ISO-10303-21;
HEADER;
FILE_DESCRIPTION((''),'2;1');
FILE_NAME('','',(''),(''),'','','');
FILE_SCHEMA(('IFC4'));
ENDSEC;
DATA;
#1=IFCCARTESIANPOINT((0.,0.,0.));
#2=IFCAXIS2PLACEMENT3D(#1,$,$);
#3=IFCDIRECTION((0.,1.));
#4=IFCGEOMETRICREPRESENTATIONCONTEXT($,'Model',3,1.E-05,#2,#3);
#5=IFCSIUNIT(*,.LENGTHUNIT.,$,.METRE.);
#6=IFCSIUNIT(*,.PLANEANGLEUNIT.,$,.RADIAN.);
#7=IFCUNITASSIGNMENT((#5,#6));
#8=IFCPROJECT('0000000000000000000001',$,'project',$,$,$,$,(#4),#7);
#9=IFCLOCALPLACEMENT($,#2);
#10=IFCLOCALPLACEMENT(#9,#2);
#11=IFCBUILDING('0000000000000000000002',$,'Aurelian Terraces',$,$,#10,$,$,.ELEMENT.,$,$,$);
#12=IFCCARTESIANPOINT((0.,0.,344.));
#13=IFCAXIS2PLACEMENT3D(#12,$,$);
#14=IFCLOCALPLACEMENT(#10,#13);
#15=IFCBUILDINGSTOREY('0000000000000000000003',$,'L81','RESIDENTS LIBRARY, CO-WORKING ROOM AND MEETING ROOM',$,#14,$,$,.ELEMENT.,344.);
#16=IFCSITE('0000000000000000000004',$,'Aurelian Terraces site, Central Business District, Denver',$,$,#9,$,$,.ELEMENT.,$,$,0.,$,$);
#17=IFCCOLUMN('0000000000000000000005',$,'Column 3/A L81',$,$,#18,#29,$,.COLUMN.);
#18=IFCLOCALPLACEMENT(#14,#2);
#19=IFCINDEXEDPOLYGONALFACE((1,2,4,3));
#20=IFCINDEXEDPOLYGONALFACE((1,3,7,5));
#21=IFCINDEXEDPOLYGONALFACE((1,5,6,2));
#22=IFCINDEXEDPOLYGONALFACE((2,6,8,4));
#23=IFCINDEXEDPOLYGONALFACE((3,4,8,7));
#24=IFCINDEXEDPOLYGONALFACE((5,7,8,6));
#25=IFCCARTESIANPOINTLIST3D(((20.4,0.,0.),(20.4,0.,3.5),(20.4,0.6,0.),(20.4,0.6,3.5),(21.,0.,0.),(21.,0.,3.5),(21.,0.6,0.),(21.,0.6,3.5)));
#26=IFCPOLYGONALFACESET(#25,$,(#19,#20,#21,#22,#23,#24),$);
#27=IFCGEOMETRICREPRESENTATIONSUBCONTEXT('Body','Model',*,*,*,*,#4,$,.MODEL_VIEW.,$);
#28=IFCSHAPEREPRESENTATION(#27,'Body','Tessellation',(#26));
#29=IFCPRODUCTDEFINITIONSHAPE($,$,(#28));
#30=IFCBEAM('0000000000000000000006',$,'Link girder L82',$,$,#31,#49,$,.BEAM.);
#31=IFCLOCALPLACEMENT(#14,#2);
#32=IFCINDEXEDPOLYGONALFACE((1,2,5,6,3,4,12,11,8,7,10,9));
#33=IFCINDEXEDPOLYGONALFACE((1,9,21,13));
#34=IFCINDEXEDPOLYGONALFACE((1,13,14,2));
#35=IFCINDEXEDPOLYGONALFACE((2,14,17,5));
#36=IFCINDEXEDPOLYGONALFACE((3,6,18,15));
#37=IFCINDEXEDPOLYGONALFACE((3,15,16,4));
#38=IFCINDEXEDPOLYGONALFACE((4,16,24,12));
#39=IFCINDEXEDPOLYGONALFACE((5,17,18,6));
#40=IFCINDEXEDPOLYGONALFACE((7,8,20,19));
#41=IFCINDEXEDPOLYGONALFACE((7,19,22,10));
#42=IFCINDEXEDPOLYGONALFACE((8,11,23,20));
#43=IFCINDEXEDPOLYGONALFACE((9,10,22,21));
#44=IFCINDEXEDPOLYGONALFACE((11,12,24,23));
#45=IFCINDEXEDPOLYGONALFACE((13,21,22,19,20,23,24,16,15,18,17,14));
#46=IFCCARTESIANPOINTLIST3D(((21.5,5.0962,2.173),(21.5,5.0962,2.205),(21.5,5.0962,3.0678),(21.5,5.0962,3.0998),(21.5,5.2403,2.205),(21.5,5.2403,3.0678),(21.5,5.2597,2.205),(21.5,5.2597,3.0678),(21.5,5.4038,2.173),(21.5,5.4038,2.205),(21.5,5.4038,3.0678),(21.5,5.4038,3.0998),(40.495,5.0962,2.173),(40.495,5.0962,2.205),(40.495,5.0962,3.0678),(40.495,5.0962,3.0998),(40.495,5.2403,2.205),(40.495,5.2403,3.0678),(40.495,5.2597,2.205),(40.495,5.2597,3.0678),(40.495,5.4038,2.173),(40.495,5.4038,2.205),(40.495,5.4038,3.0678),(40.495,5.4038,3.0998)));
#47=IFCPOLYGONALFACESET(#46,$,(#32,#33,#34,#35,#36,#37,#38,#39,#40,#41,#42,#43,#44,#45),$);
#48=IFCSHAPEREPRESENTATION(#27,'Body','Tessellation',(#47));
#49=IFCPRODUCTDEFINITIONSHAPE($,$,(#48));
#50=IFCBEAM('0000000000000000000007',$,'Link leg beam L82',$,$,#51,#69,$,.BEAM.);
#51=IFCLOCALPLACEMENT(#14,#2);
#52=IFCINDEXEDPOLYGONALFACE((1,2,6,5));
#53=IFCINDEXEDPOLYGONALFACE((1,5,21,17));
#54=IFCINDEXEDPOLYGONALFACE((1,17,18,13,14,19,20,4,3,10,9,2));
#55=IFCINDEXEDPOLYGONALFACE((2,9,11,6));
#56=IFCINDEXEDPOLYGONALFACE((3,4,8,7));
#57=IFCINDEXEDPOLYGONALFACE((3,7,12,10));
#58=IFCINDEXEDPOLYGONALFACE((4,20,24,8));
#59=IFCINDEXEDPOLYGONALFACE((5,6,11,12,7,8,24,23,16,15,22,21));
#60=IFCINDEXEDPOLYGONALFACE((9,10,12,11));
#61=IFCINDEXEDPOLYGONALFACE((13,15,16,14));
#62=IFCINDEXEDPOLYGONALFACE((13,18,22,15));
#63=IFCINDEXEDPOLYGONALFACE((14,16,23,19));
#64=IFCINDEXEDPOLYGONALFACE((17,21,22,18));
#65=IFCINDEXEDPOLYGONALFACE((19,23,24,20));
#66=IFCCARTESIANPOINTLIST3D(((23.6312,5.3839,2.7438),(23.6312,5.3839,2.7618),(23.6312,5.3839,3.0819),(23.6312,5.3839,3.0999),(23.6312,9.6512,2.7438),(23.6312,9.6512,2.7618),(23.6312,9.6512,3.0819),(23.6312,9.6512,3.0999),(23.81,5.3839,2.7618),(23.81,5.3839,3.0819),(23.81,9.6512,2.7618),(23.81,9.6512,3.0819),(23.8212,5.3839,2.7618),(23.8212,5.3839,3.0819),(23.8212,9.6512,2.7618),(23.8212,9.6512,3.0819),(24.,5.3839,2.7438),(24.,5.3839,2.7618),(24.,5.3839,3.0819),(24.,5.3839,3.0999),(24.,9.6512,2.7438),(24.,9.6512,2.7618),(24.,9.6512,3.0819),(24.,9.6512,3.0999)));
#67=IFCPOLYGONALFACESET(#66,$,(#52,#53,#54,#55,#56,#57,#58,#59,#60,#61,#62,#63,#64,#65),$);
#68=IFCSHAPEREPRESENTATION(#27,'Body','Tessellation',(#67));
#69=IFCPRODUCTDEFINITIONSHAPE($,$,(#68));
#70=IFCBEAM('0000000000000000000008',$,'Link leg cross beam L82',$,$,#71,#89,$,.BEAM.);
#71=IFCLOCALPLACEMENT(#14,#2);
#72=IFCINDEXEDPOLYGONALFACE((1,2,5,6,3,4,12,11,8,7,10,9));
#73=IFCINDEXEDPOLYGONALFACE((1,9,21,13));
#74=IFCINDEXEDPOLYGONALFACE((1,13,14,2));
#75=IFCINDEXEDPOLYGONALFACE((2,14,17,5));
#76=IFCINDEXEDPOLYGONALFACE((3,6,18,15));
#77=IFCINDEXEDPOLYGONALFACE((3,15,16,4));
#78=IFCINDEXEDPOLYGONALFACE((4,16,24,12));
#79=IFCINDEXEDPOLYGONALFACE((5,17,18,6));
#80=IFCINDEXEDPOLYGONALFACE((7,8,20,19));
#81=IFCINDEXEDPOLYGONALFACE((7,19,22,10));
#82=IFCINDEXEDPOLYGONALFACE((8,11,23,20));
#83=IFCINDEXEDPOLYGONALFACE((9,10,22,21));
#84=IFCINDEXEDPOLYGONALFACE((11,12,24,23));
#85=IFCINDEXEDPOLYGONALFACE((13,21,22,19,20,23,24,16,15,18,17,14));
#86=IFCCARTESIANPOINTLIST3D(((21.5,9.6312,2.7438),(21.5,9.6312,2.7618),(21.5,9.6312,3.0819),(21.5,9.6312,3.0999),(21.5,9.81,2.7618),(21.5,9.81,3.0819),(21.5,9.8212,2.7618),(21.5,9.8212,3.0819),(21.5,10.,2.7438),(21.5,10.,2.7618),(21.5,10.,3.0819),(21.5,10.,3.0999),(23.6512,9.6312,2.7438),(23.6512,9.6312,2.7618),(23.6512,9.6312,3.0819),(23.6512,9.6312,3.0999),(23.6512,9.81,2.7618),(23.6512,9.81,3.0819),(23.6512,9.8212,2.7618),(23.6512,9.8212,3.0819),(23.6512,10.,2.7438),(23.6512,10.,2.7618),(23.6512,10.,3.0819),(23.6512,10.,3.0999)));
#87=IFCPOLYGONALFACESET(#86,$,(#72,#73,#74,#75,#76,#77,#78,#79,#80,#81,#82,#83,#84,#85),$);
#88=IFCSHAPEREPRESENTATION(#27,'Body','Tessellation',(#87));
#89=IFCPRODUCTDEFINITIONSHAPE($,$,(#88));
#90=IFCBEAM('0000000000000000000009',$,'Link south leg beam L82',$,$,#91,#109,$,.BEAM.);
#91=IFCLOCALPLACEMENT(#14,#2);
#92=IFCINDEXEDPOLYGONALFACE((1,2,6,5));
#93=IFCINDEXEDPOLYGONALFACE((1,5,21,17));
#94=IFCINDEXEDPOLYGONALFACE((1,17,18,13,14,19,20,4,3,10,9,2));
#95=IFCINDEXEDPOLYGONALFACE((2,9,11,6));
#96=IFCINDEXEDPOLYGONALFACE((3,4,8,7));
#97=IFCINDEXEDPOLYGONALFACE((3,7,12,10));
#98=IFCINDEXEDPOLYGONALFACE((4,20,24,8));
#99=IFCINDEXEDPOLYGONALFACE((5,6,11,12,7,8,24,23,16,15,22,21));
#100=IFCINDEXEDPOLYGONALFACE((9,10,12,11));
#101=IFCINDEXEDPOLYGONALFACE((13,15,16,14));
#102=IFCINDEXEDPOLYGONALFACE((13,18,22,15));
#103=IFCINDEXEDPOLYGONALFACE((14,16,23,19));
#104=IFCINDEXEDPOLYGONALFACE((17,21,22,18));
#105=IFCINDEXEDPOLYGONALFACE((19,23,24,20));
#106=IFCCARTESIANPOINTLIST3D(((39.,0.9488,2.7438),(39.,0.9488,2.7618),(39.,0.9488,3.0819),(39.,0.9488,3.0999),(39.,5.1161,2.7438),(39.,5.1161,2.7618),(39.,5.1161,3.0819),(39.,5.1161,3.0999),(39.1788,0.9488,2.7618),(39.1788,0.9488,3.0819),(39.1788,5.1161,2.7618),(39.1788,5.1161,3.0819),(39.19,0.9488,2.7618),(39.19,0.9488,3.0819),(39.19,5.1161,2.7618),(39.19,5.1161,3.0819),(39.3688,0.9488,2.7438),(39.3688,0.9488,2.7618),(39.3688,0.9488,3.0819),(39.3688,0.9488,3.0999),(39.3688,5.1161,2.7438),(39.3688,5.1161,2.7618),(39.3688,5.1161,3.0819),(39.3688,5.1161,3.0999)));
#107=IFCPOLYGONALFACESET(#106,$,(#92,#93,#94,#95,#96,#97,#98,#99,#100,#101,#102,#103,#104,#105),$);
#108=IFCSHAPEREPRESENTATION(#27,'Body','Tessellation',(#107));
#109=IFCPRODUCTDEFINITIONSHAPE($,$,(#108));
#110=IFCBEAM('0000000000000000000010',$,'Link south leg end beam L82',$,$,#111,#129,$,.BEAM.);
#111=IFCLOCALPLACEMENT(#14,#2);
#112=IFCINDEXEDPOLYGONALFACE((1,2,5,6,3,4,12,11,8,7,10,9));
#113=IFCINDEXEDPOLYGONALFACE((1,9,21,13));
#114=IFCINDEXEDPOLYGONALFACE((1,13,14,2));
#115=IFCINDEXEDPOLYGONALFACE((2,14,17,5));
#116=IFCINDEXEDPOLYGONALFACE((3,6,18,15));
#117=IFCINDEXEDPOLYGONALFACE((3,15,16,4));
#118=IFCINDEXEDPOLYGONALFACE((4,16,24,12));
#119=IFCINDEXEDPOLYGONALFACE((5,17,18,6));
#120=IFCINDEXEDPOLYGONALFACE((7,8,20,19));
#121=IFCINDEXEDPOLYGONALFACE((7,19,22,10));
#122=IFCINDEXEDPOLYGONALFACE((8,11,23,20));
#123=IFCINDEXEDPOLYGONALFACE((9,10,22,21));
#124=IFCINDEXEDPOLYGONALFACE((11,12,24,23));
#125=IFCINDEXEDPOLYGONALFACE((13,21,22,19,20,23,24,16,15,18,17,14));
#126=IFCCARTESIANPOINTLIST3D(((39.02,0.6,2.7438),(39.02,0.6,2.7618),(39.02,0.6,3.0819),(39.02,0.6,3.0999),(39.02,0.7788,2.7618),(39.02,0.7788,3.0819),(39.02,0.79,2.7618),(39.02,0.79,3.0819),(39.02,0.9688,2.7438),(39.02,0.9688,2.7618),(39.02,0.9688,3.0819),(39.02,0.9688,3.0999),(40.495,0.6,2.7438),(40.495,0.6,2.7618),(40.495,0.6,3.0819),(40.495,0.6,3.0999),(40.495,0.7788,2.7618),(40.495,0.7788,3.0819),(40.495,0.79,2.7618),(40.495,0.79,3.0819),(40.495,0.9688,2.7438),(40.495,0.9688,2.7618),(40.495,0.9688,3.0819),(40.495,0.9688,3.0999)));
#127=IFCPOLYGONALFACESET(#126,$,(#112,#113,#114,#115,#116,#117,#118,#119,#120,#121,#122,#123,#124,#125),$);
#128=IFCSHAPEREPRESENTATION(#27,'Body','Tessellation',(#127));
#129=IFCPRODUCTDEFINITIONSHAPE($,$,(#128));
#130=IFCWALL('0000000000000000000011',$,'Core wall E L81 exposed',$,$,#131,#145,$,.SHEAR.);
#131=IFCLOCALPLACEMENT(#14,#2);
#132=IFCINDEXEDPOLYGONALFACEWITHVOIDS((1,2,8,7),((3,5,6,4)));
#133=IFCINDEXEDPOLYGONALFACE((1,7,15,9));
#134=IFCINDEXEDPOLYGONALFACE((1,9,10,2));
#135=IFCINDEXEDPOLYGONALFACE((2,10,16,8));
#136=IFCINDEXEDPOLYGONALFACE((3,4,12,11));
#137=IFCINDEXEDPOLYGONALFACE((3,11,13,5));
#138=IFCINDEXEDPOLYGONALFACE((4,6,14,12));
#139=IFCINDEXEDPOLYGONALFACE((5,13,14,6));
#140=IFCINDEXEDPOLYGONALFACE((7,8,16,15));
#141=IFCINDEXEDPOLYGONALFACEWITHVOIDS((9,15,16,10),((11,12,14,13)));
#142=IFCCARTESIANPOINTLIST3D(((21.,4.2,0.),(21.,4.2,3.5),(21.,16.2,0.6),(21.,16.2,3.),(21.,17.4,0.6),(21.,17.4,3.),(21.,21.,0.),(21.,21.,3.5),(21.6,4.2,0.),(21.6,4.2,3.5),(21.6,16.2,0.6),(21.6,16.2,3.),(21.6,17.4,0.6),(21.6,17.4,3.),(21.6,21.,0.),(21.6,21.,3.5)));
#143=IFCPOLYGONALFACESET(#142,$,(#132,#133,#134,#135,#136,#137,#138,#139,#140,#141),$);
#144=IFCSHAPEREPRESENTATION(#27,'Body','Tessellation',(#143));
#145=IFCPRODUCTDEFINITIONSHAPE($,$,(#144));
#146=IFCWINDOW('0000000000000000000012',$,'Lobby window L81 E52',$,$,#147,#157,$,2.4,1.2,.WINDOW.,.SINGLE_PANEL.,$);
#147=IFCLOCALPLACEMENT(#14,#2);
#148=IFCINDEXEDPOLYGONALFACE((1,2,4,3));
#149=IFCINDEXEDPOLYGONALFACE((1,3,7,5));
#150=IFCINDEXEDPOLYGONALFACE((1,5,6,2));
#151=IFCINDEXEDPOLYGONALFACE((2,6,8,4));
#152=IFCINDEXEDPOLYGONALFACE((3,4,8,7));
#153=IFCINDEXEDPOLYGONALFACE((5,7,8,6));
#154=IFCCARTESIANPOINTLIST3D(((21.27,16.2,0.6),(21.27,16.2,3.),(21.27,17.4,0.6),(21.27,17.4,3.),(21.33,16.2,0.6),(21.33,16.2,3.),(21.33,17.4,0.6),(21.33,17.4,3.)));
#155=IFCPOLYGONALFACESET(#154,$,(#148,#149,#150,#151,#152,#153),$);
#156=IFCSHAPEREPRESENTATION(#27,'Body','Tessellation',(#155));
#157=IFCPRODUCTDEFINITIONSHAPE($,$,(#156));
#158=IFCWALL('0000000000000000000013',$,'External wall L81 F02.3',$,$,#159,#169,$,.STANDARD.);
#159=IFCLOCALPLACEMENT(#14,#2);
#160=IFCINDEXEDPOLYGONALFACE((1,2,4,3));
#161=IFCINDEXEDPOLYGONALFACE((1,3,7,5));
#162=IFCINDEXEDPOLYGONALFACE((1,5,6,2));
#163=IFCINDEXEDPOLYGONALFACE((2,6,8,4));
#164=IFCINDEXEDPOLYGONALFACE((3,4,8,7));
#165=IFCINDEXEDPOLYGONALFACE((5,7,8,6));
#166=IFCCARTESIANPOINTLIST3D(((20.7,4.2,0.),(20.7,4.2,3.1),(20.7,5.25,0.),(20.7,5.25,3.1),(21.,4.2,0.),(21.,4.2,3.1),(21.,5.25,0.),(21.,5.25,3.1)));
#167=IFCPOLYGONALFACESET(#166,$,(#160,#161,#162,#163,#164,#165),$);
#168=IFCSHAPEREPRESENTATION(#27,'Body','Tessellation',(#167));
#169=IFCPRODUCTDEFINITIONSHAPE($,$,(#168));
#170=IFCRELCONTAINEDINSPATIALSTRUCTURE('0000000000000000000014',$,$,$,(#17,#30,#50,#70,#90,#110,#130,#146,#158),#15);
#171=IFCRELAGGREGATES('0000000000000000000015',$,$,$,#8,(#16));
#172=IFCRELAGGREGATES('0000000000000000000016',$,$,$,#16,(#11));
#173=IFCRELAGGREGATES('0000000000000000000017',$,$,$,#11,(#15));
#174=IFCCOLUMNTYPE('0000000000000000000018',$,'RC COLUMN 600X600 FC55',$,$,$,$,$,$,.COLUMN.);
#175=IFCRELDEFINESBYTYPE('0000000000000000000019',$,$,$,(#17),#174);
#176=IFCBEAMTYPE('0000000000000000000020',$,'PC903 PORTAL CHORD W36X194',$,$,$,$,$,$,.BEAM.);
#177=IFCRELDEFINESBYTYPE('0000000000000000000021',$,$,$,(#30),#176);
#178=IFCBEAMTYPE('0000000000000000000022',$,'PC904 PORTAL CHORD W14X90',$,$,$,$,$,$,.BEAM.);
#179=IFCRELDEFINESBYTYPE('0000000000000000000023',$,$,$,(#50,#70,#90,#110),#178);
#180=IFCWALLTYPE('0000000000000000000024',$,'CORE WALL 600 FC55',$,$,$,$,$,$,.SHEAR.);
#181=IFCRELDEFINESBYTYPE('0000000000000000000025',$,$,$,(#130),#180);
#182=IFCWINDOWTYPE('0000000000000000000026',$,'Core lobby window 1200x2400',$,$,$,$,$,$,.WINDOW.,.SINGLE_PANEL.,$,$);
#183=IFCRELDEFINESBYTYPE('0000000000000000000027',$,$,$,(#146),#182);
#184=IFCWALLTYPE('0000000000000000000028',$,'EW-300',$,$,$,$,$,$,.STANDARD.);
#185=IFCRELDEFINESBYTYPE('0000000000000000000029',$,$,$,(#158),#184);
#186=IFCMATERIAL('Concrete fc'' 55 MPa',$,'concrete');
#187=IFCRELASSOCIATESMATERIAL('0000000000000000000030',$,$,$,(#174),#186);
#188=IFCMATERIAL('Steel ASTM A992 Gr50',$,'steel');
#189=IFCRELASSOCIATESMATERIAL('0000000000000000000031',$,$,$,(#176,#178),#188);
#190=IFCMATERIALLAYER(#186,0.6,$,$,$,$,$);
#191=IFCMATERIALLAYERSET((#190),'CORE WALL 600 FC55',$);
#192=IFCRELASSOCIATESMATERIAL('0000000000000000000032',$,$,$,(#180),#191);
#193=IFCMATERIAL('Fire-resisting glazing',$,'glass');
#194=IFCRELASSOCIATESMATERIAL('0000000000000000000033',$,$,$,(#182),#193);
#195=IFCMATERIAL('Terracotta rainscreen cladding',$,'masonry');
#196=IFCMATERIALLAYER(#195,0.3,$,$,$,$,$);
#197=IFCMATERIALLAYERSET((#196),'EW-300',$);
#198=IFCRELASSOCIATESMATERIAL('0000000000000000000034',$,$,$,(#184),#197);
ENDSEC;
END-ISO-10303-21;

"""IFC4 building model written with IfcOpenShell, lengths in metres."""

from ifc_helpers import new_model, si_unit, direction, frame, frame_2d, origin, origin_2d, place, context, subcontext, project, spatial, rectangle, i_section, extrude, source, transform, mapped, material, layer, layer_set, material_profile, profile_set, type_object, element, fill, save


model = new_model("IFC4")

# Units and contexts
model_context = context("Model", 3, precision=1e-05, world=origin(), true_north=direction((0.0, 1.0)))
body_context = subcontext(model_context, "Body", "Model", "MODEL_VIEW")
ifc_project = project(units=[si_unit("LENGTHUNIT", "METRE"), si_unit("PLANEANGLEUNIT", "RADIAN")], contexts=[model_context])

# Site, building, storey
site_placement = place(None, origin())
site = spatial("IfcSite", under=ifc_project, at=site_placement, Name="Aurelian Terraces site, Central Business District, Denver", CompositionType="ELEMENT", RefElevation=0.0)
building_placement = place(site_placement, origin())
building = spatial("IfcBuilding", under=site, at=building_placement, Name="Aurelian Terraces", CompositionType="ELEMENT")
storey_placement = place(building_placement, frame((0.0, 0.0, 344.0)))
storey = spatial("IfcBuildingStorey", under=building, at=storey_placement, Name="L81", Description="RESIDENTS LIBRARY, CO-WORKING ROOM AND MEETING ROOM", CompositionType="ELEMENT", Elevation=344.0)

# Column
ifc_material_1 = material(Name="Concrete fc' 55 MPa", Category="concrete")
ifc_material_profile_1 = material_profile(ifc_material_1, rectangle(XDim=0.6, YDim=0.6, at=origin_2d()))
ifc_profile_set_1 = profile_set([ifc_material_profile_1], Name="Concrete fc' 55 MPa")
column_type = type_object("IfcColumnType", Name="RC COLUMN 600X600 FC55", PredefinedType="COLUMN", material=ifc_profile_set_1)
shared_shape_1 = source(origin(), body_context, "Body", "SweptSolid", [
    extrude(rectangle(XDim=0.6, YDim=0.6, at=origin_2d()), origin(), (0.0, 0.0, 1.0), 3.5),
])
column_placement = place(storey_placement, frame((20.7, 0.3, 0.0), z_axis=(0.0, 0.0, 1.0), x_axis=(1.0, 0.0, 0.0)))
element("IfcColumn", 1, at=column_placement, inside=storey, type_object=column_type, Name="Column 3/A L81", PredefinedType="COLUMN", context=body_context, shape_type="MappedRepresentation", body=[
    mapped(shared_shape_1, transform((0.0, 0.0, 0.0), scale=1.0)),
])

# Beams
ifc_material_2 = material(Name="Steel ASTM A992 Gr50", Category="steel")
ifc_material_profile_2 = material_profile(ifc_material_2, i_section(OverallWidth=0.3077, OverallDepth=0.9268, WebThickness=0.0194, FlangeThickness=0.032, at=origin_2d()))
ifc_profile_set_2 = profile_set([ifc_material_profile_2], Name="Steel ASTM A992 Gr50")
beam_type_1 = type_object("IfcBeamType", Name="PC903 PORTAL CHORD W36X194", PredefinedType="BEAM", material=ifc_profile_set_2)
beam_1_placement = place(storey_placement, frame((21.5, 5.25, 2.6364), z_axis=(1.0, 0.0, 0.0), x_axis=(0.0, 1.0, 0.0)))
element("IfcBeam", 2, at=beam_1_placement, inside=storey, type_object=beam_type_1, Name="Link girder L82", PredefinedType="BEAM", context=body_context, shape_type="SweptSolid", body=[
    extrude(i_section(OverallWidth=0.3077, OverallDepth=0.9268, WebThickness=0.0194, FlangeThickness=0.032, at=origin_2d()), origin(), (0.0, 0.0, 1.0), 18.995),
])
ifc_material_profile_3 = material_profile(ifc_material_2, i_section(OverallWidth=0.3688, OverallDepth=0.3561, WebThickness=0.0112, FlangeThickness=0.018, at=origin_2d()))
ifc_profile_set_3 = profile_set([ifc_material_profile_3], Name="Steel ASTM A992 Gr50")
beam_type_2 = type_object("IfcBeamType", Name="PC904 PORTAL CHORD W14X90", PredefinedType="BEAM", material=ifc_profile_set_3)
beam_2_placement = place(storey_placement, frame((23.8156, 5.3839, 2.9218), z_axis=(0.0, 1.0, 0.0), x_axis=(-1.0, 0.0, 0.0)))
element("IfcBeam", 3, at=beam_2_placement, inside=storey, type_object=beam_type_2, Name="Link leg beam L82", PredefinedType="BEAM", context=body_context, shape_type="SweptSolid", body=[
    extrude(i_section(OverallWidth=0.3688, OverallDepth=0.3561, WebThickness=0.0112, FlangeThickness=0.018, at=origin_2d()), origin(), (0.0, 0.0, 1.0), 4.2673),
])
shared_shape_2 = source(origin(), body_context, "Body", "SweptSolid", [
    extrude(i_section(OverallWidth=0.3688, OverallDepth=0.3561, WebThickness=0.0112, FlangeThickness=0.018, at=origin_2d()), origin(), (0.0, 0.0, 1.0), 2.1512),
])
beam_3_placement = place(storey_placement, frame((21.5, 9.8156, 2.9218), z_axis=(1.0, 0.0, 0.0), x_axis=(0.0, 1.0, 0.0)))
element("IfcBeam", 4, at=beam_3_placement, inside=storey, type_object=beam_type_2, Name="Link leg cross beam L82", PredefinedType="BEAM", context=body_context, shape_type="MappedRepresentation", body=[
    mapped(shared_shape_2, transform((0.0, 0.0, 0.0), scale=1.0)),
])
shared_shape_3 = source(origin(), body_context, "Body", "SweptSolid", [
    extrude(i_section(OverallWidth=0.3688, OverallDepth=0.3561, WebThickness=0.0112, FlangeThickness=0.018, at=origin_2d()), origin(), (0.0, 0.0, 1.0), 4.1673),
])
beam_4_placement = place(storey_placement, frame((39.1844, 0.9488, 2.9218), z_axis=(0.0, 1.0, 0.0), x_axis=(-1.0, 0.0, 0.0)))
element("IfcBeam", 5, at=beam_4_placement, inside=storey, type_object=beam_type_2, Name="Link south leg beam L82", PredefinedType="BEAM", context=body_context, shape_type="MappedRepresentation", body=[
    mapped(shared_shape_3, transform((0.0, 0.0, 0.0), scale=1.0)),
])
shared_shape_4 = source(origin(), body_context, "Body", "SweptSolid", [
    extrude(i_section(OverallWidth=0.3688, OverallDepth=0.3561, WebThickness=0.0112, FlangeThickness=0.018, at=origin_2d()), origin(), (0.0, 0.0, 1.0), 1.475),
])
beam_5_placement = place(storey_placement, frame((39.02, 0.7844, 2.9218), z_axis=(1.0, 0.0, 0.0), x_axis=(0.0, 1.0, 0.0)))
element("IfcBeam", 6, at=beam_5_placement, inside=storey, type_object=beam_type_2, Name="Link south leg end beam L82", PredefinedType="BEAM", context=body_context, shape_type="MappedRepresentation", body=[
    mapped(shared_shape_4, transform((0.0, 0.0, 0.0), scale=1.0)),
])

# Wall, opening, window
ifc_layer_1 = layer(ifc_material_1, 0.6)
ifc_layer_set_1 = layer_set([ifc_layer_1], Name="CORE WALL 600 FC55")
wall_type_1 = type_object("IfcWallType", Name="CORE WALL 600 FC55", PredefinedType="SHEAR", material=ifc_layer_set_1)
shared_shape_5 = source(origin(), body_context, "Body", "SweptSolid", [
    extrude(rectangle(XDim=16.8, YDim=0.6, at=frame_2d((8.4, 0.0))), origin(), (0.0, 0.0, 1.0), 3.5),
])
wall_1_placement = place(storey_placement, frame((21.3, 4.2, 0.0), z_axis=(0.0, 0.0, 1.0), x_axis=(0.0, 1.0, 0.0)))
wall_1 = element("IfcWall", 7, at=wall_1_placement, inside=storey, type_object=wall_type_1, Name="Core wall E L81 exposed", PredefinedType="SHEAR", context=body_context, shape_type="MappedRepresentation", body=[
    mapped(shared_shape_5, transform((0.0, 0.0, 0.0), scale=1.0)),
])
shared_shape_6 = source(origin(), body_context, "Body", "SweptSolid", [
    extrude(rectangle(XDim=1.2, YDim=2.4, at=frame_2d((0.6, 1.2))), frame((0.0, 0.31, 0.0), z_axis=(0.0, -1.0, 0.0), x_axis=(1.0, 0.0, 0.0)), (0.0, 0.0, 1.0), 0.62),
])
opening_1_placement = place(wall_1_placement, frame((12.0, 0.0, 0.6)))
opening_1 = element("IfcOpeningElement", 8, at=opening_1_placement, cuts=wall_1, PredefinedType="OPENING", context=body_context, shape_type="MappedRepresentation", body=[
    mapped(shared_shape_6, transform((0.0, 0.0, 0.0), scale=1.0)),
])
ifc_material_3 = material(Name="Fire-resisting glazing", Category="glass")
window_type_1 = type_object("IfcWindowType", Name="Core lobby window 1200x2400", PartitioningType="SINGLE_PANEL", PredefinedType="WINDOW", material=ifc_material_3)
shared_shape_7 = source(origin(), body_context, "Body", "SweptSolid", [
    extrude(rectangle(XDim=1.2, YDim=2.4, at=frame_2d((0.6, 1.2))), frame((0.0, 0.03, 0.0), z_axis=(0.0, -1.0, 0.0), x_axis=(1.0, 0.0, 0.0)), (0.0, 0.0, 1.0), 0.06),
])
window_1_placement = place(opening_1_placement, origin())
window_1 = element("IfcWindow", 9, at=window_1_placement, inside=storey, type_object=window_type_1, Name="Lobby window L81 E52", OverallHeight=2.4, OverallWidth=1.2, PartitioningType="SINGLE_PANEL", PredefinedType="WINDOW", context=body_context, shape_type="MappedRepresentation", body=[
    mapped(shared_shape_7, transform((0.0, 0.0, 0.0), scale=1.0)),
])
fill(opening_1, window_1)

# Wall
ifc_material_4 = material(Name="Terracotta rainscreen cladding", Category="masonry")
ifc_layer_2 = layer(ifc_material_4, 0.3)
ifc_layer_set_2 = layer_set([ifc_layer_2], Name="EW-300")
wall_type_2 = type_object("IfcWallType", Name="EW-300", PredefinedType="STANDARD", material=ifc_layer_set_2)
shared_shape_8 = source(origin(), body_context, "Body", "SweptSolid", [
    extrude(rectangle(XDim=1.05, YDim=0.3, at=frame_2d((0.525, 0.0))), origin(), (0.0, 0.0, 1.0), 3.1),
])
wall_2_placement = place(storey_placement, frame((20.85, 4.2, 0.0), z_axis=(0.0, 0.0, 1.0), x_axis=(0.0, 1.0, 0.0)))
element("IfcWall", 10, at=wall_2_placement, inside=storey, type_object=wall_type_2, Name="External wall L81 F02.3", PredefinedType="STANDARD", context=body_context, shape_type="MappedRepresentation", body=[
    mapped(shared_shape_8, transform((0.0, 0.0, 0.0), scale=1.0)),
])

save(model, "model.ifc")
